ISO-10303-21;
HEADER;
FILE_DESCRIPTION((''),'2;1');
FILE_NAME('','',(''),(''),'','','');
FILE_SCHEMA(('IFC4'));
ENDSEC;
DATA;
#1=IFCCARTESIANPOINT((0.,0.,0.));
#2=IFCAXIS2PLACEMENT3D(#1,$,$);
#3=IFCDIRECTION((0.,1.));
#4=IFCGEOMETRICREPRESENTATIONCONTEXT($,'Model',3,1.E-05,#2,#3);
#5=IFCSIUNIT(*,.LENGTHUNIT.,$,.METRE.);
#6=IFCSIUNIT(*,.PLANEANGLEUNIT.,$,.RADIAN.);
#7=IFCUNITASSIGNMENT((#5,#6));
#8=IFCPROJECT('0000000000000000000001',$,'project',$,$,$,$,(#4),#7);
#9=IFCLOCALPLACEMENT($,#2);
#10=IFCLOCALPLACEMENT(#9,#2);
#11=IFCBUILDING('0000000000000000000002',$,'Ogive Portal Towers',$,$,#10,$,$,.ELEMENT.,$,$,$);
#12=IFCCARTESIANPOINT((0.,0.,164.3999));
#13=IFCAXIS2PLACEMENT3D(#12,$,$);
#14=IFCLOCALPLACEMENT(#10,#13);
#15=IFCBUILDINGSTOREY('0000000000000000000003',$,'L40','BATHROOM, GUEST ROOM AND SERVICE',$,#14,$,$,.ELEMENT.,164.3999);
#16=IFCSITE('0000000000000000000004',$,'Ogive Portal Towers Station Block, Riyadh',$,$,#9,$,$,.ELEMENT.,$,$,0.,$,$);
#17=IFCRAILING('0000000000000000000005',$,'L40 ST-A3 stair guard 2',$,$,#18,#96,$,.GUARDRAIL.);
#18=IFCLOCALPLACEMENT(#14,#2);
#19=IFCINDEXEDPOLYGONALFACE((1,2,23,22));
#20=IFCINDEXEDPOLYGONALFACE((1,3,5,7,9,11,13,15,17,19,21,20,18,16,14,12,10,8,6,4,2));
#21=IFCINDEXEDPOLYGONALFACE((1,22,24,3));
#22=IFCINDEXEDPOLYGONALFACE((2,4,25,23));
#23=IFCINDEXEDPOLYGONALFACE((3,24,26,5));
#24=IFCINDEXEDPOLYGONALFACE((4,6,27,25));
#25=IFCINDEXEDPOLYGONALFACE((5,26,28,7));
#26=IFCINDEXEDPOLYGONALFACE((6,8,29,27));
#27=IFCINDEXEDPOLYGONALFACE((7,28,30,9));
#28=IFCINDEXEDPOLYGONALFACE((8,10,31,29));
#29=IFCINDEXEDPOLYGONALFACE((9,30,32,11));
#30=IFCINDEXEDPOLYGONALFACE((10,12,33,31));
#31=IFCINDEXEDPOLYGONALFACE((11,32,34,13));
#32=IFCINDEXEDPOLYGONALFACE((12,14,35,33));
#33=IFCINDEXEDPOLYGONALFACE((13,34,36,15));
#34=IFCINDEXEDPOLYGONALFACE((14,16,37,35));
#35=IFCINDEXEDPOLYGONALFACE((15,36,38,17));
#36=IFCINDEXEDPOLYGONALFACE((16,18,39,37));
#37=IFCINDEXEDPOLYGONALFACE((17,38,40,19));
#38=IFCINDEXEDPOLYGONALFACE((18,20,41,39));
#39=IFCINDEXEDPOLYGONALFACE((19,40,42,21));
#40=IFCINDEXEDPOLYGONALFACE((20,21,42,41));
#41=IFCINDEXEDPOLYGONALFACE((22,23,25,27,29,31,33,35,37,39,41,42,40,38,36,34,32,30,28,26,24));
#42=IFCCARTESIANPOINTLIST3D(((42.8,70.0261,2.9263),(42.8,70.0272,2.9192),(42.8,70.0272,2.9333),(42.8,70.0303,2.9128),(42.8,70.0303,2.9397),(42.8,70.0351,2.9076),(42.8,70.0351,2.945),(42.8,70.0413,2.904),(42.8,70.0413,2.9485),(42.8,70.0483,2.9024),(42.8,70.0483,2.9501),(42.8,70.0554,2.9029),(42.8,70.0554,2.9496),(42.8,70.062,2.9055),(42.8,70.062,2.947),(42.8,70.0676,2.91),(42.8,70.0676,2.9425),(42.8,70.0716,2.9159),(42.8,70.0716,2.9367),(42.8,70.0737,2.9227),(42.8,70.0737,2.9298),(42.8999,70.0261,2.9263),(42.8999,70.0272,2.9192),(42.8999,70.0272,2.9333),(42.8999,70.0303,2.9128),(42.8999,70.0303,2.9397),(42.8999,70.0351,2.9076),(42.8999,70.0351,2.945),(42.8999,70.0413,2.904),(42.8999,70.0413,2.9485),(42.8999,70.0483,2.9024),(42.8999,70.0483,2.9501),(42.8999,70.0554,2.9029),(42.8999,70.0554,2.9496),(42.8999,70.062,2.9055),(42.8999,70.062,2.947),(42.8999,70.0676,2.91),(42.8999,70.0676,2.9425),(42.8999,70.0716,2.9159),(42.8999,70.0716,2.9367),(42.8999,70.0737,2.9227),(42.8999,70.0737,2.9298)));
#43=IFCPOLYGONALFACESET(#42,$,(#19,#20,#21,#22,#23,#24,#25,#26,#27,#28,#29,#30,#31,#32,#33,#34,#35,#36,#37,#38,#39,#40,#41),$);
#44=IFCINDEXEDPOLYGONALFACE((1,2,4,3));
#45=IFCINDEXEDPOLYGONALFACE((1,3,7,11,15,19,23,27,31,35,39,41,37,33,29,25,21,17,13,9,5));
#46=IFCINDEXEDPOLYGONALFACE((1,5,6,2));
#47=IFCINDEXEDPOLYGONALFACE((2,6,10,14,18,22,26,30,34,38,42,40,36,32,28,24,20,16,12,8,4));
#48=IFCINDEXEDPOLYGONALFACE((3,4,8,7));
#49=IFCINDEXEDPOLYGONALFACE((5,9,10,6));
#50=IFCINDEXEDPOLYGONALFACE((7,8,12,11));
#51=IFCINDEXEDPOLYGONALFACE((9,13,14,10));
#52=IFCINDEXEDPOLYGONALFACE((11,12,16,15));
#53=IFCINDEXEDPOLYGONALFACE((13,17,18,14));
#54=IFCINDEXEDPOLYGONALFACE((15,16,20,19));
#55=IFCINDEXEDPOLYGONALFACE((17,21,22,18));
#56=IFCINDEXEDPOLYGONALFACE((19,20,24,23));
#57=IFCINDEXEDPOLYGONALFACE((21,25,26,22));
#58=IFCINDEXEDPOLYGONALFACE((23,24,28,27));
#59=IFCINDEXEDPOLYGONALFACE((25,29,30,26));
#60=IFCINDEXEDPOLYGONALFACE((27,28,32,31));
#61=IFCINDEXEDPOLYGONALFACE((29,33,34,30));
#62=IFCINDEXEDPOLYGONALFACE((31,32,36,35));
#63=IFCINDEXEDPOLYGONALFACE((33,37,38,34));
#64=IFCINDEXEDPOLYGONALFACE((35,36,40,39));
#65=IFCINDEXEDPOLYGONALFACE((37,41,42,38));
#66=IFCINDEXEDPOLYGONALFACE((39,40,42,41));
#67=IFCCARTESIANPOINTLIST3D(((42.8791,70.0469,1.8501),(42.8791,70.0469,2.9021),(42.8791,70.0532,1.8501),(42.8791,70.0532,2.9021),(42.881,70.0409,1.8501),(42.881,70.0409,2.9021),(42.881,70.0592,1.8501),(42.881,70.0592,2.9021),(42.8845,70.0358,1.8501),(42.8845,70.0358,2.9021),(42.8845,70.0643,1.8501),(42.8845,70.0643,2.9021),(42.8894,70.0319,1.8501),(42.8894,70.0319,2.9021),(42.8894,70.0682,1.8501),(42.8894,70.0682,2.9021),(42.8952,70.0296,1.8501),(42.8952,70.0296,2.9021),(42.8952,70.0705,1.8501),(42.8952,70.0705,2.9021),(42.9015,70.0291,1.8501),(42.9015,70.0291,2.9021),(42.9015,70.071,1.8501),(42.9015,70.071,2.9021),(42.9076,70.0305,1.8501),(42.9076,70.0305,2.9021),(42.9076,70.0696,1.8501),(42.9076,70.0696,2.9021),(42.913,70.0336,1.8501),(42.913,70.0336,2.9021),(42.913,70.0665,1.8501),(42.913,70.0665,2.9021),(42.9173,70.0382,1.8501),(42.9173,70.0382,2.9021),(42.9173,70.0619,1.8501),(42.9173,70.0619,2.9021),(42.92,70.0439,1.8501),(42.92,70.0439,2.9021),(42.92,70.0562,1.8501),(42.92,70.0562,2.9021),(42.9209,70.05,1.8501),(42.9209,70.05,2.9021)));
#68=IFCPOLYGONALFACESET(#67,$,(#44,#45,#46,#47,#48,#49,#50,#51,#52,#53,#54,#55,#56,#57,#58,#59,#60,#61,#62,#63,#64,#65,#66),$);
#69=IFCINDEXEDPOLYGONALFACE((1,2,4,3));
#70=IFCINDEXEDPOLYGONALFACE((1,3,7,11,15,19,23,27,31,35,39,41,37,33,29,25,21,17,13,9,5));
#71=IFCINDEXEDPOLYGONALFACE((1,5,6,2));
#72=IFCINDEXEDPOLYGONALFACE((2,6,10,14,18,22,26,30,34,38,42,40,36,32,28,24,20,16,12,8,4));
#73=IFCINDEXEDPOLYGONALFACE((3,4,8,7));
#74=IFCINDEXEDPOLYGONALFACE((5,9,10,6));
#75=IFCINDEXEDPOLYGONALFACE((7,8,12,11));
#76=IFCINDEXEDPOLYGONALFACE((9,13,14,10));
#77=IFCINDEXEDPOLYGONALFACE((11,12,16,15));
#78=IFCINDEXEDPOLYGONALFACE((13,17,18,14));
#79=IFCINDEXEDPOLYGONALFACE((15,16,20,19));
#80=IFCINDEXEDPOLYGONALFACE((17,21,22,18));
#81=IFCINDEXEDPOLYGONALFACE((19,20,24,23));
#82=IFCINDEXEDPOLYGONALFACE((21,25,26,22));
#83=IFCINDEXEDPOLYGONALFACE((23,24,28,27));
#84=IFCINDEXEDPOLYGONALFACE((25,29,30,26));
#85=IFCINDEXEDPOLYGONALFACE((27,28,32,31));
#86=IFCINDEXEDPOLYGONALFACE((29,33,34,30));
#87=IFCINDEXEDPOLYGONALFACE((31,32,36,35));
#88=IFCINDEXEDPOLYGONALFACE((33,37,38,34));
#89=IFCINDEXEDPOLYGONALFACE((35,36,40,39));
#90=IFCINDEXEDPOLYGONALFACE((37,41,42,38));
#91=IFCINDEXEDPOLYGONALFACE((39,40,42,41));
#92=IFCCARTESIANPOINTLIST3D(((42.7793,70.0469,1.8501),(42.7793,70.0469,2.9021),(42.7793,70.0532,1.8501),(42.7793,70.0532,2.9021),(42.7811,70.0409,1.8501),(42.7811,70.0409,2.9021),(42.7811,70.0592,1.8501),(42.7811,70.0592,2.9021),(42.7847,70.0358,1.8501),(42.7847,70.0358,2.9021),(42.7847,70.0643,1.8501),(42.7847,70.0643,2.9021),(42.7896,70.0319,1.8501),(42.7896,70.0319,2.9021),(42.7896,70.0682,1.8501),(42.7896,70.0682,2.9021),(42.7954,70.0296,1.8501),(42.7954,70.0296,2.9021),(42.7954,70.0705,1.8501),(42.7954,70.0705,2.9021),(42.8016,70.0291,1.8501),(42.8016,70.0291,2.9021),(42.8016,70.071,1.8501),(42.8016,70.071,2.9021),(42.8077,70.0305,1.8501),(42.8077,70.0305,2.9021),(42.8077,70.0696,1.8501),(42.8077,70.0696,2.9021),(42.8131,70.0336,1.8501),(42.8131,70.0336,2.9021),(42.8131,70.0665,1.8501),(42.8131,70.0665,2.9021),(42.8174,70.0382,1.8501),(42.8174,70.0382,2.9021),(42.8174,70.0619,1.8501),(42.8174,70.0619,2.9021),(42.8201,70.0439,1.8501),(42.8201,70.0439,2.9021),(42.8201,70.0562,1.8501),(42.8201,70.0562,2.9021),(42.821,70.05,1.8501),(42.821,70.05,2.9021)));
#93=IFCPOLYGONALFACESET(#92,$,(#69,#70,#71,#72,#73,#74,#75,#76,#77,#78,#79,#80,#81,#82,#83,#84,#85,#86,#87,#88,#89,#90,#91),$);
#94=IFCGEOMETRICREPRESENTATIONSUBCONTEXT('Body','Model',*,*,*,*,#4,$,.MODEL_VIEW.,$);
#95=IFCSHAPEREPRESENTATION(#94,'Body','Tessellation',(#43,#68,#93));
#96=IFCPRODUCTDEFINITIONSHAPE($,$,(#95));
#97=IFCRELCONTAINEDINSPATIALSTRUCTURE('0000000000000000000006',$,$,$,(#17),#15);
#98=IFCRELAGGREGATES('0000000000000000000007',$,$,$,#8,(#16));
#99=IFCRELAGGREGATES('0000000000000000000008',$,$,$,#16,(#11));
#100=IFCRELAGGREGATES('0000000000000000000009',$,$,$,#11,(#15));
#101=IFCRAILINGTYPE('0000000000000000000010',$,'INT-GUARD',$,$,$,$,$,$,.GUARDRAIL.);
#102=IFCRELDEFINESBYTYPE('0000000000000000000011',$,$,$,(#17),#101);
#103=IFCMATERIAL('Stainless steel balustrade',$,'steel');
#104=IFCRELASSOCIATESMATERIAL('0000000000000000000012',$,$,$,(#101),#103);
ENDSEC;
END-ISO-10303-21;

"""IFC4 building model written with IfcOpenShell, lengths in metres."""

from ifc_helpers import new_model, si_unit, direction, frame, origin, origin_2d, place, context, subcontext, project, spatial, circle, extrude, material, type_object, element, save


model = new_model("IFC4")

# Units and contexts
model_context = context("Model", 3, precision=1e-05, world=origin(), true_north=direction((0.0, 1.0)))
body_context = subcontext(model_context, "Body", "Model", "MODEL_VIEW")
ifc_project = project(units=[si_unit("LENGTHUNIT", "METRE"), si_unit("PLANEANGLEUNIT", "RADIAN")], contexts=[model_context])

# Site, building, storey
site_placement = place(None, origin())
site = spatial("IfcSite", under=ifc_project, at=site_placement, Name="Ogive Portal Towers Station Block, Riyadh", CompositionType="ELEMENT", RefElevation=0.0)
building_placement = place(site_placement, origin())
building = spatial("IfcBuilding", under=site, at=building_placement, Name="Ogive Portal Towers", CompositionType="ELEMENT")
storey_placement = place(building_placement, frame((0.0, 0.0, 164.3999)))
storey = spatial("IfcBuildingStorey", under=building, at=storey_placement, Name="L40", Description="BATHROOM, GUEST ROOM AND SERVICE", CompositionType="ELEMENT", Elevation=164.3999)

# Railing
ifc_material_1 = material(Name="Stainless steel balustrade", Category="steel")
railing_type_1 = type_object("IfcRailingType", Name="INT-GUARD", PredefinedType="GUARDRAIL", material=ifc_material_1)
railing_1_placement = place(storey_placement, frame((42.8999, 70.05, 1.8501)))
element("IfcRailing", 1, at=railing_1_placement, inside=storey, type_object=railing_type_1, Name="L40 ST-A3 stair guard 2", PredefinedType="GUARDRAIL", context=body_context, shape_type="SweptSolid", body=[
    extrude(circle(Radius=0.0239, at=origin_2d()), frame((0.0, 0.0, 1.0762), z_axis=(-1.0, 0.0, 0.0), x_axis=(0.0, -1.0, 0.0)), (0.0, 0.0, 1.0), 0.0999),
    extrude(circle(Radius=0.021, at=origin_2d()), origin(), (0.0, 0.0, 1.0), 1.052),
    extrude(circle(Radius=0.021, at=origin_2d()), frame((-0.0999, 0.0, 0.0)), (0.0, 0.0, 1.0), 1.052),
])

save(model, "model.ifc")
